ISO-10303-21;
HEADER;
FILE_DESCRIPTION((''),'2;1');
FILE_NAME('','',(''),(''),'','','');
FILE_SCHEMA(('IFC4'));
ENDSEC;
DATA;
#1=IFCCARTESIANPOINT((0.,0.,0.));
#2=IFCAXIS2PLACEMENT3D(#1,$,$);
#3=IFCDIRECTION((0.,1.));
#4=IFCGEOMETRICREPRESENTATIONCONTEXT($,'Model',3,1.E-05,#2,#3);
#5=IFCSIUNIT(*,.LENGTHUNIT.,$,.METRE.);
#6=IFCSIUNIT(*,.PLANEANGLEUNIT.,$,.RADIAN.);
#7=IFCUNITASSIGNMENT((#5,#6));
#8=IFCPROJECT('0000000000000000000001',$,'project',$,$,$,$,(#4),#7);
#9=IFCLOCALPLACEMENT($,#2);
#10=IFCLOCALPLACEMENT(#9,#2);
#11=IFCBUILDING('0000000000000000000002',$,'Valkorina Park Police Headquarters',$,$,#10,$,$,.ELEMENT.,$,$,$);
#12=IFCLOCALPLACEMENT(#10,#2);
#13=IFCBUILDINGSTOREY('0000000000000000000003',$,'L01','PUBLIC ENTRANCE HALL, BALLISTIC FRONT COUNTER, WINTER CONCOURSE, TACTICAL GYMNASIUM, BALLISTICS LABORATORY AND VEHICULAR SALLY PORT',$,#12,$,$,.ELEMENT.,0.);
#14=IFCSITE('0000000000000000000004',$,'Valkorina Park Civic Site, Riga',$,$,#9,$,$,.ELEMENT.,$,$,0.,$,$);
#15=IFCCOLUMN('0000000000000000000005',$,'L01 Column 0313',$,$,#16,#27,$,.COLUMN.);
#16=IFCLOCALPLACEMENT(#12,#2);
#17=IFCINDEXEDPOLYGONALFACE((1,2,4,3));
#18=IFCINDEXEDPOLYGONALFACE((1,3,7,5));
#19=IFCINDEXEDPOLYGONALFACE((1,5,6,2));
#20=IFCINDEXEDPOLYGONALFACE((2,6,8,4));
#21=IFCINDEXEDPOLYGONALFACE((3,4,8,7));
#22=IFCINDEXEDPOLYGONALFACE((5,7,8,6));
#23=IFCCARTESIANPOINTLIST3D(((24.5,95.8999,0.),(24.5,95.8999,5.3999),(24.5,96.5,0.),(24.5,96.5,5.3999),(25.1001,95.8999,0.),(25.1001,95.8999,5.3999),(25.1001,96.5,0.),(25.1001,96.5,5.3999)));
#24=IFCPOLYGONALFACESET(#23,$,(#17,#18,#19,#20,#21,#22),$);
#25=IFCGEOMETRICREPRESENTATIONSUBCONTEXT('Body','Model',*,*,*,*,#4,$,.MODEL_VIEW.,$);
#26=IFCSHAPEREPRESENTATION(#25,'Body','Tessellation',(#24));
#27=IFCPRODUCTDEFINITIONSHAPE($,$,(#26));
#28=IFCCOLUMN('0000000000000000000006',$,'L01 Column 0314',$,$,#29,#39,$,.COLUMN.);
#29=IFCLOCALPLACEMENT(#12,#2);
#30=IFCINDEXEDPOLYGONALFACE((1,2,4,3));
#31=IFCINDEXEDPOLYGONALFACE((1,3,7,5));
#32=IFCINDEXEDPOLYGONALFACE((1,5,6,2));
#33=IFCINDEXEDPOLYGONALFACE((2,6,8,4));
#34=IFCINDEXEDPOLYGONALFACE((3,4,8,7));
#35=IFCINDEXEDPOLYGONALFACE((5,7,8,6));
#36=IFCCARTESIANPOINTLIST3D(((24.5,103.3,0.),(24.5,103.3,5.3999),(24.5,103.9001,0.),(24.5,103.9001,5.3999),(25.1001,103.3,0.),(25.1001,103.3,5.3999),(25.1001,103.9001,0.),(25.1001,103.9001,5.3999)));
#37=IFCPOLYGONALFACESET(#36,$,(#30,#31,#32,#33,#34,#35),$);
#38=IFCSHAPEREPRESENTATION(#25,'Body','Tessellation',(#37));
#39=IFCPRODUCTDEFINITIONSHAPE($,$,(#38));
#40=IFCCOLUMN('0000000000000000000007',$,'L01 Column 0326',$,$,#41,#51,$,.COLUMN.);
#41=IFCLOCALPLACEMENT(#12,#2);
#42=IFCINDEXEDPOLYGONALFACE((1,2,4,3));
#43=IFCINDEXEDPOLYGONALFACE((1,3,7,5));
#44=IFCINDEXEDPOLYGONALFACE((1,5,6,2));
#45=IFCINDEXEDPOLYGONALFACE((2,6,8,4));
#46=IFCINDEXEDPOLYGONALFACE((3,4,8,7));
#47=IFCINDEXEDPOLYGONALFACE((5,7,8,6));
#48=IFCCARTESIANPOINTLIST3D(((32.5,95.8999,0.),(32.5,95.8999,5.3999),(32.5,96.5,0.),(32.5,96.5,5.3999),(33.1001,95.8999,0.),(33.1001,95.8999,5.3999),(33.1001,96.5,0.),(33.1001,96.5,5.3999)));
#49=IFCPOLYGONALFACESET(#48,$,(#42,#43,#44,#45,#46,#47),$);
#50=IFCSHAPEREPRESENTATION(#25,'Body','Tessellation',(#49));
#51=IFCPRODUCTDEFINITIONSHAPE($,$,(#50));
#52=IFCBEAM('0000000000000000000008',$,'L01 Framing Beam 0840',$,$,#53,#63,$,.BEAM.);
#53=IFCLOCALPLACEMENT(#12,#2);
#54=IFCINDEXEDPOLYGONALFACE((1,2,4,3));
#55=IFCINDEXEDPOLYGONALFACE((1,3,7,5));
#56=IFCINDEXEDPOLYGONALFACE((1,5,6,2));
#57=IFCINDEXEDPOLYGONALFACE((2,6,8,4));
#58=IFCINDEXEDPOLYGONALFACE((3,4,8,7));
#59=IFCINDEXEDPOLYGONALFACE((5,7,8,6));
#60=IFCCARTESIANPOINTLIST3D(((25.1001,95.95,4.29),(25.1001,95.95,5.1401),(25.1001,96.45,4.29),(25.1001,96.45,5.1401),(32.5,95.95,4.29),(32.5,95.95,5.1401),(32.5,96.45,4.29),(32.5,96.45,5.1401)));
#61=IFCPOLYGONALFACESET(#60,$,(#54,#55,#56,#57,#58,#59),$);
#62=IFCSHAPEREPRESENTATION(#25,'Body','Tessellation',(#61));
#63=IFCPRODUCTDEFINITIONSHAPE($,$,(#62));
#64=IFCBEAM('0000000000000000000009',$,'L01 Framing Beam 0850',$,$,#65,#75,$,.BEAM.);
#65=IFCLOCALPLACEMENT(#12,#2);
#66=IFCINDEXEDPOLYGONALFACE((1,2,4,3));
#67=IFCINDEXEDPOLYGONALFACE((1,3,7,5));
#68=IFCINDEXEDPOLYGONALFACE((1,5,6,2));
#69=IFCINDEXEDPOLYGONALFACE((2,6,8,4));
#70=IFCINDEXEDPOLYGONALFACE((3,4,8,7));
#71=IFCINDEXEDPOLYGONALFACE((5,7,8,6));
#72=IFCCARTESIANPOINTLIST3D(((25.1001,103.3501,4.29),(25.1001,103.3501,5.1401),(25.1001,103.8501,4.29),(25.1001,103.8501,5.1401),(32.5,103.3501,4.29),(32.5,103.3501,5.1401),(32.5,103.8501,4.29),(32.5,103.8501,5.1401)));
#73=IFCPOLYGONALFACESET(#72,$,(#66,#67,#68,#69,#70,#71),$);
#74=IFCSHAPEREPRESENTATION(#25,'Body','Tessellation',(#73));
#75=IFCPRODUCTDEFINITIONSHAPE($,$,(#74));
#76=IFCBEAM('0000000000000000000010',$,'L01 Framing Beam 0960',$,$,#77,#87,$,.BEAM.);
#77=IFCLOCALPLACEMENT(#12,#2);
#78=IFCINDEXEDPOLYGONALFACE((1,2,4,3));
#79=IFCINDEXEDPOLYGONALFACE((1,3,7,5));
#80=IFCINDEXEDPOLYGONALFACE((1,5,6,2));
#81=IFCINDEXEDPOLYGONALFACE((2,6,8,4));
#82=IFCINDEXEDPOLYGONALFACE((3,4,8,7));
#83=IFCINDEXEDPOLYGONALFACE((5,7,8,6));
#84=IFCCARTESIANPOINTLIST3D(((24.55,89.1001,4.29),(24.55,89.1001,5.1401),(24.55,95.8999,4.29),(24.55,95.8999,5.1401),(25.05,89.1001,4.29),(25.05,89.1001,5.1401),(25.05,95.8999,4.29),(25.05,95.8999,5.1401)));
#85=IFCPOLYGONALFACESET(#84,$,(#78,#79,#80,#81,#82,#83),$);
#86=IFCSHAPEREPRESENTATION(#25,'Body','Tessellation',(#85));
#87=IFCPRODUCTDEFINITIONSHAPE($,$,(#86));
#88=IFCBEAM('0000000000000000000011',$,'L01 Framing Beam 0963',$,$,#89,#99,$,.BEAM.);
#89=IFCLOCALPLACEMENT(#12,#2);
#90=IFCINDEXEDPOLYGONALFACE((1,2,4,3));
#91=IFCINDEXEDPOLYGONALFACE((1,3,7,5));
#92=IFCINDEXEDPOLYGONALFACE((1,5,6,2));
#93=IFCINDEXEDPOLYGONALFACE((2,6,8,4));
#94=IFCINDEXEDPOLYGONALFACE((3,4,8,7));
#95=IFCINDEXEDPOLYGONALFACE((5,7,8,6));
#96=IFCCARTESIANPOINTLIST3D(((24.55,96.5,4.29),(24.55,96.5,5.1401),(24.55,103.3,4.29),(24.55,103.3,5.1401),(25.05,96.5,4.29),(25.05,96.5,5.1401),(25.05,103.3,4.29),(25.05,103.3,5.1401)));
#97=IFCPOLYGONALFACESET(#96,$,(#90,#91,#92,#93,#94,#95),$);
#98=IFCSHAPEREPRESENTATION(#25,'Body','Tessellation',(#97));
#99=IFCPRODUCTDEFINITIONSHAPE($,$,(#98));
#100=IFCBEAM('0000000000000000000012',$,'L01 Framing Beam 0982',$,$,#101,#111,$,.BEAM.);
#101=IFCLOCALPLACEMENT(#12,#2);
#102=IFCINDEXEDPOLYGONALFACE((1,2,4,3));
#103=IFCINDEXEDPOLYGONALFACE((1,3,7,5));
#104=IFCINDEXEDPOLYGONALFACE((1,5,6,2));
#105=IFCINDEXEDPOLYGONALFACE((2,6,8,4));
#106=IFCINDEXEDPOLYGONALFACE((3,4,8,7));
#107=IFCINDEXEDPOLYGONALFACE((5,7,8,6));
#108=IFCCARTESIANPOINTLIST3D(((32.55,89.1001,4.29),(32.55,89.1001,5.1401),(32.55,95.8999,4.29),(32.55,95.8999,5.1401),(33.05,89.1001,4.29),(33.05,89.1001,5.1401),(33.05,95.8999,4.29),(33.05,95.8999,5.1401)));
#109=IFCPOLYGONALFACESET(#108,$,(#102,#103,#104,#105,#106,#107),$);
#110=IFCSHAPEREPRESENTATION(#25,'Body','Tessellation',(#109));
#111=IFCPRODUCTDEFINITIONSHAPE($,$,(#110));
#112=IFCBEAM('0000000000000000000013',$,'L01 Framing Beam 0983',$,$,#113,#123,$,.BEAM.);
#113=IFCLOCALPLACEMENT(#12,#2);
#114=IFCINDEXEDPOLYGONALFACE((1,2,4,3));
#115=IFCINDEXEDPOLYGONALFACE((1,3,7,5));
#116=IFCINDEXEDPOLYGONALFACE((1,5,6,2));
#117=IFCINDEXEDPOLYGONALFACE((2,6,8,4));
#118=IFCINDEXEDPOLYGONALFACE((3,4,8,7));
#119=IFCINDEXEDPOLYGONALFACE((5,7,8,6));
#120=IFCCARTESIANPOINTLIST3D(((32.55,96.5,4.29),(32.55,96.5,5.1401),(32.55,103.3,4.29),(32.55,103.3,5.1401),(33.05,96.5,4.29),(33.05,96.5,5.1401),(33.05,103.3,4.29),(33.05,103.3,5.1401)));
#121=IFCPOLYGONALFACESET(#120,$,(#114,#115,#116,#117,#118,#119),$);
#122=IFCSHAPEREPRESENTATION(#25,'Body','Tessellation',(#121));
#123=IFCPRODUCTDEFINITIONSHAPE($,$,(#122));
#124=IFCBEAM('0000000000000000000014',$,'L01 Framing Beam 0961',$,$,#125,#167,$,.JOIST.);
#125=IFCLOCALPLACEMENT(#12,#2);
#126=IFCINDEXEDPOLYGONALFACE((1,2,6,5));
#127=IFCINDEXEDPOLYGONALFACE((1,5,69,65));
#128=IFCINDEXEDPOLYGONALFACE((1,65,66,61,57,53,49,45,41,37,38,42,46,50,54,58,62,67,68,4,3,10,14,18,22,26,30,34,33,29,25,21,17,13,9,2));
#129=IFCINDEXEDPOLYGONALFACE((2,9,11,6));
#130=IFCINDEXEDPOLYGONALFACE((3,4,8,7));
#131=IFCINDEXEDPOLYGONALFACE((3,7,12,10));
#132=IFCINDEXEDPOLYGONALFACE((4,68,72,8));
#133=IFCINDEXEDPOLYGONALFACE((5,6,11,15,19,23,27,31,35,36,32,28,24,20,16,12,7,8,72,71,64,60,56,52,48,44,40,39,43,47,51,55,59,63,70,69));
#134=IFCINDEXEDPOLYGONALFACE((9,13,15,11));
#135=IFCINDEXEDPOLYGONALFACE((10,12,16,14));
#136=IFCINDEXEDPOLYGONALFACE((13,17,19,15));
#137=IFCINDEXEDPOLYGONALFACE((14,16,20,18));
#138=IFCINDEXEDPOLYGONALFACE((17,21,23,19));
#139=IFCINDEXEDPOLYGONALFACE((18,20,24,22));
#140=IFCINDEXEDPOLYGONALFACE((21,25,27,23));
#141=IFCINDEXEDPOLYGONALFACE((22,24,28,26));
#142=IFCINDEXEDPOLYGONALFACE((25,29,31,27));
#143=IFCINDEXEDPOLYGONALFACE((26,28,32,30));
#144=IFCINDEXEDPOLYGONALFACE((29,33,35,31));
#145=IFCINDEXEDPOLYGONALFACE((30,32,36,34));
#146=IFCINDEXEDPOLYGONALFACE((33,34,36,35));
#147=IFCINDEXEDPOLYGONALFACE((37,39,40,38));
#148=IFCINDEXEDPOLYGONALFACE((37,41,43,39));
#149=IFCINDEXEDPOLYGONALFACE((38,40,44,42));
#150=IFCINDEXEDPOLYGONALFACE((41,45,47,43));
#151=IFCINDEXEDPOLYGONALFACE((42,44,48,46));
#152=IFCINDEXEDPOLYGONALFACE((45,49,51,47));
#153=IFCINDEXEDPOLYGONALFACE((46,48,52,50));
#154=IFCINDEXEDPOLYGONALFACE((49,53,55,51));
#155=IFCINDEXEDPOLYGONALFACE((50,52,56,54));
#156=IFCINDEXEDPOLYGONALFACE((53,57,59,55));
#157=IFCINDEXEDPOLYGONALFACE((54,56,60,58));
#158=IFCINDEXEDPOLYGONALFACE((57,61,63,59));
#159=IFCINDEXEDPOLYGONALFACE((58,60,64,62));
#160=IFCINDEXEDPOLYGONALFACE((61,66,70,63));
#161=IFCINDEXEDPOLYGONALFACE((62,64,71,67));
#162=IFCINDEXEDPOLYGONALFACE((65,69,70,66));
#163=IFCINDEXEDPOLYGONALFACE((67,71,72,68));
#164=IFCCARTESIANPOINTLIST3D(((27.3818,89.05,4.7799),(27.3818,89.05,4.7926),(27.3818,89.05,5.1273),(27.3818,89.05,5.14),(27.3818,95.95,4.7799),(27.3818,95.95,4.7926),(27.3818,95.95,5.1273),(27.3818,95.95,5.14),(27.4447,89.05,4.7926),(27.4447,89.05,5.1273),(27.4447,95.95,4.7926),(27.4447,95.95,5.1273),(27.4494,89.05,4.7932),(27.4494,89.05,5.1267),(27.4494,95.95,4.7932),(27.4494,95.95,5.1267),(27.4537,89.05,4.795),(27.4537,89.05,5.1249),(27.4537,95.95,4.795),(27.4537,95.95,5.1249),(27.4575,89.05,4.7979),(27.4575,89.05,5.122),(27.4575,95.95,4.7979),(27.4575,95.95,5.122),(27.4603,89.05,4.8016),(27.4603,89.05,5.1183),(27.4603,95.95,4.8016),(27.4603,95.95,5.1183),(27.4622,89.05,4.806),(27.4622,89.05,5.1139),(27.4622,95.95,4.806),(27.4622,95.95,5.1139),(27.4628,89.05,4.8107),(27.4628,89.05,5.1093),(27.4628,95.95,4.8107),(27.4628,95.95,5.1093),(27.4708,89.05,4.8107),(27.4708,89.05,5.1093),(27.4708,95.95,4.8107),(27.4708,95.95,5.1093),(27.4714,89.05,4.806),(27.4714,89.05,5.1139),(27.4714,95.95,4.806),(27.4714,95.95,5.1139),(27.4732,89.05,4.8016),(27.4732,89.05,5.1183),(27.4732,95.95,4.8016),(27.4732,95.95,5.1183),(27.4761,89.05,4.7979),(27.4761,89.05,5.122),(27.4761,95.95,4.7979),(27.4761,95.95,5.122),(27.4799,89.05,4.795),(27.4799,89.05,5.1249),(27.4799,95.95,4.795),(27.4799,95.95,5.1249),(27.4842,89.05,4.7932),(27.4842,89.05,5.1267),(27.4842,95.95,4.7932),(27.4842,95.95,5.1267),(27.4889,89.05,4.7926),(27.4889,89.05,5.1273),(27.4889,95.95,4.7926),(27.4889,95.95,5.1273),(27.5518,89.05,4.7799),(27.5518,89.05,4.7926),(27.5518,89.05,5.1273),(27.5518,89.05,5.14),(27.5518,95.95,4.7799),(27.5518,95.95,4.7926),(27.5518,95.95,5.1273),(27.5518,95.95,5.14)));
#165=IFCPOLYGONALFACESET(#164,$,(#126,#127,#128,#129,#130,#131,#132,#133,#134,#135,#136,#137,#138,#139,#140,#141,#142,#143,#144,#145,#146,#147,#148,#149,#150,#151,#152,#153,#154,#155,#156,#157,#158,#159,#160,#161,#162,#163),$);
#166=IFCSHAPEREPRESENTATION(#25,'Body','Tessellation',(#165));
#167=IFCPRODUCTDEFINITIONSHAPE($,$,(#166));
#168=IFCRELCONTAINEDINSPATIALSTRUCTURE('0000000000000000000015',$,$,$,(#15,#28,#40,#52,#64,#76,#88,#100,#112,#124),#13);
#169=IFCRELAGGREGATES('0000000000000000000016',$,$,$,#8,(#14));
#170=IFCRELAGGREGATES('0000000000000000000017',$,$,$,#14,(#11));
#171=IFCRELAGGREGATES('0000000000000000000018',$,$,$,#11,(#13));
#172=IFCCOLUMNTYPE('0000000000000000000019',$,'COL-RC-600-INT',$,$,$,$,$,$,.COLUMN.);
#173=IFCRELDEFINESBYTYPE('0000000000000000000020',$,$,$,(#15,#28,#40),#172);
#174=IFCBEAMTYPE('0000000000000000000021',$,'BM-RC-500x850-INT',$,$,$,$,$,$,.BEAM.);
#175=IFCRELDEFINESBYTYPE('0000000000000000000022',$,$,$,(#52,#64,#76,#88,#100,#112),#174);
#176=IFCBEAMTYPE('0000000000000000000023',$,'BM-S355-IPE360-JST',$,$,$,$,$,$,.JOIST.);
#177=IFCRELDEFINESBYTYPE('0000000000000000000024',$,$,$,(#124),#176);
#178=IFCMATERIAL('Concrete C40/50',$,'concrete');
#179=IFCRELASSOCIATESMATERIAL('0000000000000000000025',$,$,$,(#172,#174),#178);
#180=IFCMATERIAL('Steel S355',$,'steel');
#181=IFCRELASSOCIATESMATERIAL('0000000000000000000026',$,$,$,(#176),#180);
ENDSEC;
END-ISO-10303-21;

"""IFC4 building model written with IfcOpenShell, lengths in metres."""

from ifc_helpers import new_model, si_unit, direction, frame, origin, origin_2d, place, context, subcontext, project, spatial, rectangle, i_section, extrude, material, material_profile, profile_set, type_object, element, save


model = new_model("IFC4")

# Units and contexts
model_context = context("Model", 3, precision=1e-05, world=origin(), true_north=direction((0.0, 1.0)))
body_context = subcontext(model_context, "Body", "Model", "MODEL_VIEW")
ifc_project = project(units=[si_unit("LENGTHUNIT", "METRE"), si_unit("PLANEANGLEUNIT", "RADIAN")], contexts=[model_context])

# Site, building, storey
site_placement = place(None, origin())
site = spatial("IfcSite", under=ifc_project, at=site_placement, Name="Valkorina Park Civic Site, Riga", CompositionType="ELEMENT", RefElevation=0.0)
building_placement = place(site_placement, origin())
building = spatial("IfcBuilding", under=site, at=building_placement, Name="Valkorina Park Police Headquarters", CompositionType="ELEMENT")
storey_placement = place(building_placement, origin())
storey = spatial("IfcBuildingStorey", under=building, at=storey_placement, Name="L01", Description="PUBLIC ENTRANCE HALL, BALLISTIC FRONT COUNTER, WINTER CONCOURSE, TACTICAL GYMNASIUM, BALLISTICS LABORATORY AND VEHICULAR SALLY PORT", CompositionType="ELEMENT", Elevation=0.0)

# Columns
ifc_material_1 = material(Name="Concrete C40/50", Category="concrete")
ifc_material_profile_1 = material_profile(ifc_material_1, rectangle(XDim=0.6001, YDim=0.6001, at=origin_2d()), Name="RC COL 600x600")
ifc_profile_set_1 = profile_set([ifc_material_profile_1], Name="Concrete C40/50")
column_type = type_object("IfcColumnType", Name="COL-RC-600-INT", PredefinedType="COLUMN", material=ifc_profile_set_1)
for number, where, z_axis, x_axis, name in (
    (1, (24.8, 96.2, 0.0), (0.0, 0.0, 1.0), (1.0, 0.0, 0.0), "L01 Column 0313"),
    (2, (24.8, 103.6001, 0.0), (0.0, 0.0, 1.0), (1.0, 0.0, 0.0), "L01 Column 0314"),
    (3, (32.8, 96.2, 0.0), (0.0, 0.0, 1.0), (1.0, 0.0, 0.0), "L01 Column 0326"),
):
    element("IfcColumn", number, at=place(storey_placement, frame(where, z_axis=z_axis, x_axis=x_axis)), inside=storey, type_object=column_type, Name=name, PredefinedType="COLUMN", context=body_context, shape_type="SweptSolid", body=[
        extrude(rectangle(XDim=0.6001, YDim=0.6001, at=origin_2d()), origin(), (0.0, 0.0, 1.0), 5.3999),
    ])

# Beams
ifc_material_profile_2 = material_profile(ifc_material_1, rectangle(XDim=0.5, YDim=0.8501, at=origin_2d()), Name="RC BEAM 500x850")
ifc_profile_set_2 = profile_set([ifc_material_profile_2], Name="Concrete C40/50")
beam_type_1 = type_object("IfcBeamType", Name="BM-RC-500x850-INT", PredefinedType="BEAM", material=ifc_profile_set_2)
for number, where, z_axis, x_axis, name in (
    (4, (25.1001, 96.2, 4.7151), (1.0, 0.0, 0.0), (0.0, 1.0, 0.0), "L01 Framing Beam 0840"),
    (5, (25.1001, 103.6001, 4.7151), (1.0, 0.0, 0.0), (0.0, 1.0, 0.0), "L01 Framing Beam 0850"),
):
    element("IfcBeam", number, at=place(storey_placement, frame(where, z_axis=z_axis, x_axis=x_axis)), inside=storey, type_object=beam_type_1, Name=name, PredefinedType="BEAM", context=body_context, shape_type="SweptSolid", body=[
        extrude(rectangle(XDim=0.5, YDim=0.8501, at=origin_2d()), origin(), (0.0, 0.0, 1.0), 7.3999),
    ])
beam_1_placement = place(storey_placement, frame((24.8, 89.1001, 4.7151), z_axis=(0.0, 1.0, 0.0), x_axis=(-1.0, 0.0, 0.0)))
element("IfcBeam", 6, at=beam_1_placement, inside=storey, type_object=beam_type_1, Name="L01 Framing Beam 0960", PredefinedType="BEAM", context=body_context, shape_type="SweptSolid", body=[
    extrude(rectangle(XDim=0.5, YDim=0.8501, at=origin_2d()), origin(), (0.0, 0.0, 1.0), 6.7998),
])
beam_2_placement = place(storey_placement, frame((24.8, 96.5, 4.7151), z_axis=(0.0, 1.0, 0.0), x_axis=(-1.0, 0.0, 0.0)))
element("IfcBeam", 7, at=beam_2_placement, inside=storey, type_object=beam_type_1, Name="L01 Framing Beam 0963", PredefinedType="BEAM", context=body_context, shape_type="SweptSolid", body=[
    extrude(rectangle(XDim=0.5, YDim=0.8501, at=origin_2d()), origin(), (0.0, 0.0, 1.0), 6.8),
])
beam_3_placement = place(storey_placement, frame((32.8, 89.1001, 4.7151), z_axis=(0.0, 1.0, 0.0), x_axis=(-1.0, 0.0, 0.0)))
element("IfcBeam", 8, at=beam_3_placement, inside=storey, type_object=beam_type_1, Name="L01 Framing Beam 0982", PredefinedType="BEAM", context=body_context, shape_type="SweptSolid", body=[
    extrude(rectangle(XDim=0.5, YDim=0.8501, at=origin_2d()), origin(), (0.0, 0.0, 1.0), 6.7998),
])
beam_4_placement = place(storey_placement, frame((32.8, 96.5, 4.7151), z_axis=(0.0, 1.0, 0.0), x_axis=(-1.0, 0.0, 0.0)))
element("IfcBeam", 9, at=beam_4_placement, inside=storey, type_object=beam_type_1, Name="L01 Framing Beam 0983", PredefinedType="BEAM", context=body_context, shape_type="SweptSolid", body=[
    extrude(rectangle(XDim=0.5, YDim=0.8501, at=origin_2d()), origin(), (0.0, 0.0, 1.0), 6.8),
])
ifc_material_2 = material(Name="Steel S355", Category="steel")
ifc_material_profile_3 = material_profile(ifc_material_2, i_section(OverallWidth=0.1699, OverallDepth=0.3601, WebThickness=0.0081, FlangeThickness=0.0127, FilletRadius=0.0181, at=origin_2d()), Name="IPE 360")
ifc_profile_set_3 = profile_set([ifc_material_profile_3], Name="Steel S355")
beam_type_2 = type_object("IfcBeamType", Name="BM-S355-IPE360-JST", PredefinedType="JOIST", material=ifc_profile_set_3)
for number, where, z_axis, x_axis, name in (
    (10, (27.4668, 89.05, 4.96), (0.0, 1.0, 0.0), (-1.0, 0.0, 0.0), "L01 Framing Beam 0961"),
):
    element("IfcBeam", number, at=place(storey_placement, frame(where, z_axis=z_axis, x_axis=x_axis)), inside=storey, type_object=beam_type_2, Name=name, PredefinedType="JOIST", context=body_context, shape_type="SweptSolid", body=[
        extrude(i_section(OverallWidth=0.1699, OverallDepth=0.3601, WebThickness=0.0081, FlangeThickness=0.0127, FilletRadius=0.0181, at=origin_2d()), origin(), (0.0, 0.0, 1.0), 6.8999),
    ])

save(model, "model.ifc")
